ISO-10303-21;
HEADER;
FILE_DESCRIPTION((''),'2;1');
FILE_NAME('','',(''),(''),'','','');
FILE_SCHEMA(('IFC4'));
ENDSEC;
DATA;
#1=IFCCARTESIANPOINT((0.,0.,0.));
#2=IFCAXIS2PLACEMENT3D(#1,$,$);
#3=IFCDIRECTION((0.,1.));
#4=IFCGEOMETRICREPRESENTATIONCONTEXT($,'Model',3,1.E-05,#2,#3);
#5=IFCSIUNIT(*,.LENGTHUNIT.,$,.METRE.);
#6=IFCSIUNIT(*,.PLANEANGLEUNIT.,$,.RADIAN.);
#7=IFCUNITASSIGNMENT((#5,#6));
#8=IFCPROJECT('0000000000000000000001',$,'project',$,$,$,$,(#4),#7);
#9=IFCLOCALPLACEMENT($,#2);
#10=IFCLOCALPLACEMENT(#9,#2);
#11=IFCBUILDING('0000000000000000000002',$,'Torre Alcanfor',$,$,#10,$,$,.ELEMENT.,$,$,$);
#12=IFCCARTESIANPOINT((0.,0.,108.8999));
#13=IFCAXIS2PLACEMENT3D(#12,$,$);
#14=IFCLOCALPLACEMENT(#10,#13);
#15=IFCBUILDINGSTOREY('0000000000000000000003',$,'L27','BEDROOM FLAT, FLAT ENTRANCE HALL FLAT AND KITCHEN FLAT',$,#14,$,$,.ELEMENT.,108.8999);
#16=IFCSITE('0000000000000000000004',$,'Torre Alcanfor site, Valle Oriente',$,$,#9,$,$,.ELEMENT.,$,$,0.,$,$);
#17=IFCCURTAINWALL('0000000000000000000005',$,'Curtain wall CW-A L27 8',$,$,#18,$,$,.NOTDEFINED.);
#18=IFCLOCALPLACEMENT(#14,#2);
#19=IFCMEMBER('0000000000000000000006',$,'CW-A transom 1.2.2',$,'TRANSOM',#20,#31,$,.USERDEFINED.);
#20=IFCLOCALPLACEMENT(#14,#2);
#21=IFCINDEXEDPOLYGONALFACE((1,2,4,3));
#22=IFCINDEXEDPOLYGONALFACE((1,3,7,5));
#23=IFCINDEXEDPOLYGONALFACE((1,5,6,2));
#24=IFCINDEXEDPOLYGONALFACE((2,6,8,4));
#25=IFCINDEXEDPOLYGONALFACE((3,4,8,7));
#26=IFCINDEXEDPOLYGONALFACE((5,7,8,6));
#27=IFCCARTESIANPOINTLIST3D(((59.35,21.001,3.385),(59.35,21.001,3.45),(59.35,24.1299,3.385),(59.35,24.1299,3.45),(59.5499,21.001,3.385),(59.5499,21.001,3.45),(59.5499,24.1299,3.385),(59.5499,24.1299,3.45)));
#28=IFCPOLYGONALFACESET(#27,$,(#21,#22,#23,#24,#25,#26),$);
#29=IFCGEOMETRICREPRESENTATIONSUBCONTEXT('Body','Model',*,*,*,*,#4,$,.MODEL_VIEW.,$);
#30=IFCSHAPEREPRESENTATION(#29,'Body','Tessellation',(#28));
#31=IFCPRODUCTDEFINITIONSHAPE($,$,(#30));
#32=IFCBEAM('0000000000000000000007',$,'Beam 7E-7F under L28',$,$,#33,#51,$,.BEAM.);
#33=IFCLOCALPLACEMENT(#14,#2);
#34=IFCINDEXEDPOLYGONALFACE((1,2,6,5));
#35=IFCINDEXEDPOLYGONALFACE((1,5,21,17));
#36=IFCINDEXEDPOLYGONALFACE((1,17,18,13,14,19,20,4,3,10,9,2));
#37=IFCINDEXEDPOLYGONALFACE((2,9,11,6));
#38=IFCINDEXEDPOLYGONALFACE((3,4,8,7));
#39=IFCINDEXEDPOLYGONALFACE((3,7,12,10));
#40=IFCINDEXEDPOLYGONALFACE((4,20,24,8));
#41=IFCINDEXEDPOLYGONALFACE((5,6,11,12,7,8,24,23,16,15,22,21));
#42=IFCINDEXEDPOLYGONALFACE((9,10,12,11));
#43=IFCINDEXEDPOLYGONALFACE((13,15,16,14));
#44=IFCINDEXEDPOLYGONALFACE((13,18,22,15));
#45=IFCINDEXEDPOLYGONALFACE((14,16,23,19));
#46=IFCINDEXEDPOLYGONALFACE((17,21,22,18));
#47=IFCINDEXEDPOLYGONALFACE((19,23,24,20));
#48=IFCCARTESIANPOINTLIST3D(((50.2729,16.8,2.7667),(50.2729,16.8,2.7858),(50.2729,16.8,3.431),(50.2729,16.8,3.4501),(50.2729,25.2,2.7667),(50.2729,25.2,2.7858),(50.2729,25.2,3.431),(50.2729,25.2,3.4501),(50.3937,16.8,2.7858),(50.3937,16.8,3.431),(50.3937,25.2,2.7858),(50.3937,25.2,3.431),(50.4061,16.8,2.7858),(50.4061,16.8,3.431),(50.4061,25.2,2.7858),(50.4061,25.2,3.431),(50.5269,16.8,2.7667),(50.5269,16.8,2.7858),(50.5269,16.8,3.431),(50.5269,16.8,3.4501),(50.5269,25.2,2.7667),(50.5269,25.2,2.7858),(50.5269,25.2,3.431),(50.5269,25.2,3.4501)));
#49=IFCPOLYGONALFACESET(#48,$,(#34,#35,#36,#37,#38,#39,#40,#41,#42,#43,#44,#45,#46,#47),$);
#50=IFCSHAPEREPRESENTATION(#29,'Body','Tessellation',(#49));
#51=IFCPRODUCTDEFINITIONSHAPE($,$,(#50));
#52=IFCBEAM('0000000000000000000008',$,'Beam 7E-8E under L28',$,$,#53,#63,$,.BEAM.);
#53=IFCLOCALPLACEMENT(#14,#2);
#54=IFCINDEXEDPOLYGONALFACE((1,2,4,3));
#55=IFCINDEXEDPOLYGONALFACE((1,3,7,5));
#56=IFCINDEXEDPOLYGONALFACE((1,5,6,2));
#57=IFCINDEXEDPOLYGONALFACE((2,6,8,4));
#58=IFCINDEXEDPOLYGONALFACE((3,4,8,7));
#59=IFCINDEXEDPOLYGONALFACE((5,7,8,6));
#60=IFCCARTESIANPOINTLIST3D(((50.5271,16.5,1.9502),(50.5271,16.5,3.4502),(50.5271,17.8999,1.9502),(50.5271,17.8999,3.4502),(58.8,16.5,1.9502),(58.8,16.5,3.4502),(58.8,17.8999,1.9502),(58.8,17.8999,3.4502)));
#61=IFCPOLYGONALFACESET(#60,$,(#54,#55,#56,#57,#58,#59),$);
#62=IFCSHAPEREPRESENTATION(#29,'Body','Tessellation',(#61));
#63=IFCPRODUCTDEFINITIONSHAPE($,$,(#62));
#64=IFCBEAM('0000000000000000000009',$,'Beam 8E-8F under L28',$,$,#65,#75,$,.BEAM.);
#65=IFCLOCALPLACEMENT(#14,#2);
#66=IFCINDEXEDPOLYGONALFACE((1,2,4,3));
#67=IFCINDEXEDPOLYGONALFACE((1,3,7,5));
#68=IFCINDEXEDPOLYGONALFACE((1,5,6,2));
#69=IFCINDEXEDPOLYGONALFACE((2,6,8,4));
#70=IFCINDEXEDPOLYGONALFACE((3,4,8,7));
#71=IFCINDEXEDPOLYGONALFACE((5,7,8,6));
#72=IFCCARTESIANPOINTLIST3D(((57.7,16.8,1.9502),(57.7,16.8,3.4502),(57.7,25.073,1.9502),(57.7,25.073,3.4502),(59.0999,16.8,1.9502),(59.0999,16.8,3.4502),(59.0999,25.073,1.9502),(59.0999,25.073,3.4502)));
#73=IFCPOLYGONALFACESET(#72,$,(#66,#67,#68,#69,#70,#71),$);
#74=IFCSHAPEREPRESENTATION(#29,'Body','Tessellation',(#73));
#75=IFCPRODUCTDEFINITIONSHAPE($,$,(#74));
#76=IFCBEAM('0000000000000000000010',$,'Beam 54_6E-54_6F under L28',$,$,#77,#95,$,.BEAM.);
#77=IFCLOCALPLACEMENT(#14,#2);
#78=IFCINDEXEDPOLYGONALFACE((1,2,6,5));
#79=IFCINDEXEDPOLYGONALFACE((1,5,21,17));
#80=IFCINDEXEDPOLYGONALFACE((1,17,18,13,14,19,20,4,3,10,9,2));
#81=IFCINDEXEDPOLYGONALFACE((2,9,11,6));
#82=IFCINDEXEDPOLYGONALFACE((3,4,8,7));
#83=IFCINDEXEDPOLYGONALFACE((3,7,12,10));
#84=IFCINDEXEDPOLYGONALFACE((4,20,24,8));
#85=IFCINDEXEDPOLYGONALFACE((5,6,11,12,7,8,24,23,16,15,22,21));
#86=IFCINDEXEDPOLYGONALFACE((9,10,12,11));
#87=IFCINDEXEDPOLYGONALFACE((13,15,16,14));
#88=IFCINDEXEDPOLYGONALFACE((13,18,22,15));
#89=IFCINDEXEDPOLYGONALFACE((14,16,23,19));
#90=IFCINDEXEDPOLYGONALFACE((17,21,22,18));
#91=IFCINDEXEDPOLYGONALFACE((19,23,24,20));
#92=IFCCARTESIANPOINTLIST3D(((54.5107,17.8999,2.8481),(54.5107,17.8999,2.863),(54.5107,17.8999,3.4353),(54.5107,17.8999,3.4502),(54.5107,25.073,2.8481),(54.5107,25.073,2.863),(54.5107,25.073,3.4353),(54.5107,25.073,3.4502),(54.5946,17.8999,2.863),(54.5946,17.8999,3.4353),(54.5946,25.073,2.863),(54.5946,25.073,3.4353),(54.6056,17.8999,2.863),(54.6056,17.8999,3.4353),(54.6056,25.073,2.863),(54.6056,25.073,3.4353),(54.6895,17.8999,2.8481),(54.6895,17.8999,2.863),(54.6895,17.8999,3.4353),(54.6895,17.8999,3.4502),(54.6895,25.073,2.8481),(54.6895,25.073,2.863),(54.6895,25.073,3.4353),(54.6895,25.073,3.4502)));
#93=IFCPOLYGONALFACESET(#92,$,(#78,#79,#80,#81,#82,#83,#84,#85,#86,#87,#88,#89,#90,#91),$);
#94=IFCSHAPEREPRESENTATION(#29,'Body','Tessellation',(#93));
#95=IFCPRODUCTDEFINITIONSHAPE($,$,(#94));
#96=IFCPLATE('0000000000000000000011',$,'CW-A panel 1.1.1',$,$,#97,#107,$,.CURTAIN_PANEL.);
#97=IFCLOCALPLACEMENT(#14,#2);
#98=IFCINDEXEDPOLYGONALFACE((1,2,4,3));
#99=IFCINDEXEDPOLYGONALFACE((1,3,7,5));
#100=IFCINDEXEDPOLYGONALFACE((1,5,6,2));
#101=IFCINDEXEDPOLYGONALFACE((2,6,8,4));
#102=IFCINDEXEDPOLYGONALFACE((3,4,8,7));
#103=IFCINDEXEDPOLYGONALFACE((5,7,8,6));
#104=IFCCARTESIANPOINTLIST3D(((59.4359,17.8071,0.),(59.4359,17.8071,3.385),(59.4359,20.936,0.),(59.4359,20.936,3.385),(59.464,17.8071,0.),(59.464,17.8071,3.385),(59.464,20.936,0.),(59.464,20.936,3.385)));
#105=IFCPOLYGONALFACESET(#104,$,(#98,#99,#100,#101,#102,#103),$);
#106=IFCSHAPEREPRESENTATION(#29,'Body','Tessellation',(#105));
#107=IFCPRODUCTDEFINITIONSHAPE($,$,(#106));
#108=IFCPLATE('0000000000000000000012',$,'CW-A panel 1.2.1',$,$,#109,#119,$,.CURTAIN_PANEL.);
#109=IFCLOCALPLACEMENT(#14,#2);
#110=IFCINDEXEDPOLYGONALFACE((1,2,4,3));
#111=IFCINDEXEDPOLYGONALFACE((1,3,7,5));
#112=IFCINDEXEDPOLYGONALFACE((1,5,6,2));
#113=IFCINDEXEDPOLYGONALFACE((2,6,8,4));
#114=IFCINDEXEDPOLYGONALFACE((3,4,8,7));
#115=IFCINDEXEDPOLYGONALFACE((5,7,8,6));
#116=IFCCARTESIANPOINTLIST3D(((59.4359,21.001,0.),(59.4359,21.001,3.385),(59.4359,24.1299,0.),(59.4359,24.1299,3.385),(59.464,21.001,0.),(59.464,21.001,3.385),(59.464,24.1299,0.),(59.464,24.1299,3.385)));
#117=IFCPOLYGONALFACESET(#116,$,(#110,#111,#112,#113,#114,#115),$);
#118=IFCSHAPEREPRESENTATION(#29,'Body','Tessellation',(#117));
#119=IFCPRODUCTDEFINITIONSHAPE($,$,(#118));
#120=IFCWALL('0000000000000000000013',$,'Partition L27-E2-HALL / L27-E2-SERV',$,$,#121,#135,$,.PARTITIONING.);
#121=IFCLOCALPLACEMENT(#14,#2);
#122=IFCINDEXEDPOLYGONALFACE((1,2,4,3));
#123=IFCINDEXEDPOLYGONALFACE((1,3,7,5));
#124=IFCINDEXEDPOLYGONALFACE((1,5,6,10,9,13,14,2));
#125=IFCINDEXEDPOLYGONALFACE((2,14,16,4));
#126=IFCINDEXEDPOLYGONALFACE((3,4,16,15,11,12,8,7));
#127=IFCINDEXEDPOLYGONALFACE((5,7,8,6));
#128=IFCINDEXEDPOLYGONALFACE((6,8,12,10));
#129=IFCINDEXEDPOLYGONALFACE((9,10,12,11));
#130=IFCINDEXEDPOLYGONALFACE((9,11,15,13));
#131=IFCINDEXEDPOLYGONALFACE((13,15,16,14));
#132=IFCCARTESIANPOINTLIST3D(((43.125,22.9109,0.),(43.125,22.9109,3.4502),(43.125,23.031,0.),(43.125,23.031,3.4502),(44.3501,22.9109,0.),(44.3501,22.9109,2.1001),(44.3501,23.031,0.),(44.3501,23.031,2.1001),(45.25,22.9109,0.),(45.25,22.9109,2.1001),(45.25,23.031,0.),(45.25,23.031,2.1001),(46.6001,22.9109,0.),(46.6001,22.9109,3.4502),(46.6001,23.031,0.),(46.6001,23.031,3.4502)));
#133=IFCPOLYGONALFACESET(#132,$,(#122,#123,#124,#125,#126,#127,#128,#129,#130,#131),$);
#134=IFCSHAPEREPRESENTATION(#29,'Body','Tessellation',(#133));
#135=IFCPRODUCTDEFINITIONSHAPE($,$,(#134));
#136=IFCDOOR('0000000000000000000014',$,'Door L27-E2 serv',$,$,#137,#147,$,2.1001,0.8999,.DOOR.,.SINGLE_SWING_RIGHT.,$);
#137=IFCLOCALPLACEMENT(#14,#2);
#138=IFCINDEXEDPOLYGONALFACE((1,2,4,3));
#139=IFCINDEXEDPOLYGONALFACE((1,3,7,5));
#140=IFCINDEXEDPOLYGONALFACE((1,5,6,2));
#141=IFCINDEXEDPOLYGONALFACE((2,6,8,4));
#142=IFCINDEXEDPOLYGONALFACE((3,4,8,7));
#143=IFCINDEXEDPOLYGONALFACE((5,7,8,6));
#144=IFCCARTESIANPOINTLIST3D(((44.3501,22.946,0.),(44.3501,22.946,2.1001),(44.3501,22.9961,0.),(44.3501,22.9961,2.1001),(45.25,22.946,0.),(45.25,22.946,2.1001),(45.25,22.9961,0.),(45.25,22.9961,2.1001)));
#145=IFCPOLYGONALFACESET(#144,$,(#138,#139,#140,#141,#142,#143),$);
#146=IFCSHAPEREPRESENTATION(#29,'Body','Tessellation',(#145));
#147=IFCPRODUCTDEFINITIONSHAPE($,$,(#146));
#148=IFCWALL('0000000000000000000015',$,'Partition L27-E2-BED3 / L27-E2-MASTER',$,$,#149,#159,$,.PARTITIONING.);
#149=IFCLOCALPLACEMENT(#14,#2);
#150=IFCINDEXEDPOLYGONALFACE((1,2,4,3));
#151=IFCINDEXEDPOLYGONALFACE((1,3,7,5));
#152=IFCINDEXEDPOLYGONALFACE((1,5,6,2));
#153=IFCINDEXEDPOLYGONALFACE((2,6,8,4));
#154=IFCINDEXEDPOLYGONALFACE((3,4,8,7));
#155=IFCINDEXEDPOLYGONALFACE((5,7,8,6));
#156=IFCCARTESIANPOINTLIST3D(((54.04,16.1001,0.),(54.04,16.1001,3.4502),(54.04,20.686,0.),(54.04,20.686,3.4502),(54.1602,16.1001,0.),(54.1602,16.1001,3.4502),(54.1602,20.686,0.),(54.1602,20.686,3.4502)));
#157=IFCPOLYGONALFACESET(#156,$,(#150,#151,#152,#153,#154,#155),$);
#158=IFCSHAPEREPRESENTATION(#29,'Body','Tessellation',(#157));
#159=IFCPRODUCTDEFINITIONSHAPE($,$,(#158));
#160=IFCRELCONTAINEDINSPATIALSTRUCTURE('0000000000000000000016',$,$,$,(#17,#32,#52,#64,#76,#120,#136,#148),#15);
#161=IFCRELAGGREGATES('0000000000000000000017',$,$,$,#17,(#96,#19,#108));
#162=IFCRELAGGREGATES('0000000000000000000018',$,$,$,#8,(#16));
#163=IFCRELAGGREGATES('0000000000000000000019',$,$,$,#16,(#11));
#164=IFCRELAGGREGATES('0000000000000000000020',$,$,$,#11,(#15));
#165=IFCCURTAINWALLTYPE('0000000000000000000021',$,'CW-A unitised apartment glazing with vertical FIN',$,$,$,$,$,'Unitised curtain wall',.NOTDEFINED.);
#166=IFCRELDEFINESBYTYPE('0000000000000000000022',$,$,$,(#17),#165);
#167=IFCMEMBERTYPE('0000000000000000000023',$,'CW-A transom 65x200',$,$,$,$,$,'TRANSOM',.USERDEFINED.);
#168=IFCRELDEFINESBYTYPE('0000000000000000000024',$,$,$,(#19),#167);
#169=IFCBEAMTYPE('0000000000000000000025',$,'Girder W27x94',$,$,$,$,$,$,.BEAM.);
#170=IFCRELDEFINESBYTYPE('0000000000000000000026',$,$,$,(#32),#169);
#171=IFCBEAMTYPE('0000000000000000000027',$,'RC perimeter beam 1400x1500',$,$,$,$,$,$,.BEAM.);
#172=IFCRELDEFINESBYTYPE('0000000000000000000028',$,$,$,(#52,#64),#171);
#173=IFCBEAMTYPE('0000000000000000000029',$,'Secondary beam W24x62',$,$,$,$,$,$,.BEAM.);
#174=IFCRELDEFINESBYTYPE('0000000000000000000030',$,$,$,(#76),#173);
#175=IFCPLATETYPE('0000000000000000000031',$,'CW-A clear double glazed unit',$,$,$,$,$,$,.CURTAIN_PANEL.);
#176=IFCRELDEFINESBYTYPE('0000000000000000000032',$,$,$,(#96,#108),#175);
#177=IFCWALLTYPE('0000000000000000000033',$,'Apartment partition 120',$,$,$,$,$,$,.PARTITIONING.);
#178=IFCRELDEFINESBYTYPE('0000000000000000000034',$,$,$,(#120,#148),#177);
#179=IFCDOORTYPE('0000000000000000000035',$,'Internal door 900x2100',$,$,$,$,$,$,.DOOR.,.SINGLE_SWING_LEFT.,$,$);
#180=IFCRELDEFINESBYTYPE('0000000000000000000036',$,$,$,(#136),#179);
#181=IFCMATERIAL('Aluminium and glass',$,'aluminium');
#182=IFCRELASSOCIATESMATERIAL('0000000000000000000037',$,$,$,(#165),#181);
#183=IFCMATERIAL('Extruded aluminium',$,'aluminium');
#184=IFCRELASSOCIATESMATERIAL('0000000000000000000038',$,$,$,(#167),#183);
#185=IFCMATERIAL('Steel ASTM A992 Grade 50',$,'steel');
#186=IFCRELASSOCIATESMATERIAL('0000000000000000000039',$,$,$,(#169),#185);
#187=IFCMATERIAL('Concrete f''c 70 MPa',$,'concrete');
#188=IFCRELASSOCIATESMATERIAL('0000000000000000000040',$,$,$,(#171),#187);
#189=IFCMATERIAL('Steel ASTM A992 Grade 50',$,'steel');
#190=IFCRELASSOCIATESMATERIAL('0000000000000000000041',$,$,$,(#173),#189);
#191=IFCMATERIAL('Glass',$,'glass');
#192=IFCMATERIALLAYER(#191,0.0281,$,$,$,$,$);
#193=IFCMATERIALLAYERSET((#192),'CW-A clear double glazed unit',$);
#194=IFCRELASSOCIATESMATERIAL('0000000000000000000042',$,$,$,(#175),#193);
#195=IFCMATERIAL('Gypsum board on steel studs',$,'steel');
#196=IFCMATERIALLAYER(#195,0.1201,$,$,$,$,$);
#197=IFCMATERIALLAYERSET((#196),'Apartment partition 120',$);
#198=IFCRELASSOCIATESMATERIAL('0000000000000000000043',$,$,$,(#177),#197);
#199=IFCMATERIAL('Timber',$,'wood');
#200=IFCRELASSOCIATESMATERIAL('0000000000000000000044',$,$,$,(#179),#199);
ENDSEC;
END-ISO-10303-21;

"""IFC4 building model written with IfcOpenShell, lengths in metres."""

from ifc_helpers import new_model, si_unit, direction, frame, frame_2d, origin, origin_2d, place, context, subcontext, project, spatial, rectangle, i_section, extrude, material, layer, layer_set, material_profile, profile_set, type_object, element, fill, aggregate, save


model = new_model("IFC4")

# Units and contexts
model_context = context("Model", 3, precision=1e-05, world=origin(), true_north=direction((0.0, 1.0)))
body_context = subcontext(model_context, "Body", "Model", "MODEL_VIEW")
ifc_project = project(units=[si_unit("LENGTHUNIT", "METRE"), si_unit("PLANEANGLEUNIT", "RADIAN")], contexts=[model_context])

# Site, building, storey
site_placement = place(None, origin())
site = spatial("IfcSite", under=ifc_project, at=site_placement, Name="Torre Alcanfor site, Valle Oriente", CompositionType="ELEMENT", RefElevation=0.0)
building_placement = place(site_placement, origin())
building = spatial("IfcBuilding", under=site, at=building_placement, Name="Torre Alcanfor", CompositionType="ELEMENT")
storey_placement = place(building_placement, frame((0.0, 0.0, 108.8999)))
storey = spatial("IfcBuildingStorey", under=building, at=storey_placement, Name="L27", Description="BEDROOM FLAT, FLAT ENTRANCE HALL FLAT AND KITCHEN FLAT", CompositionType="ELEMENT", Elevation=108.8999)

# Curtain wall, member
ifc_material_1 = material(Name="Aluminium and glass", Category="aluminium")
curtain_wall_type = type_object("IfcCurtainWallType", Name="CW-A unitised apartment glazing with vertical FIN", ElementType="Unitised curtain wall", PredefinedType="NOTDEFINED", material=ifc_material_1)
curtain_wall_placement = place(storey_placement, origin())
curtain_wall = element("IfcCurtainWall", 1, at=curtain_wall_placement, inside=storey, type_object=curtain_wall_type, Name="Curtain wall CW-A L27 8", PredefinedType="NOTDEFINED")
ifc_material_2 = material(Name="Extruded aluminium", Category="aluminium")
ifc_material_profile_1 = material_profile(ifc_material_2, rectangle(XDim=0.2, YDim=0.0649, at=origin_2d()), Name="CW-A transom 200x65")
ifc_profile_set_1 = profile_set([ifc_material_profile_1], Name="Extruded aluminium")
member_type_1 = type_object("IfcMemberType", Name="CW-A transom 65x200", ElementType="TRANSOM", PredefinedType="USERDEFINED", material=ifc_profile_set_1)
member_1_placement = place(storey_placement, frame((59.45, 21.001, 3.4175), z_axis=(0.0, 1.0, 0.0), x_axis=(-1.0, 0.0, 0.0)))
member_1 = element("IfcMember", 2, at=member_1_placement, type_object=member_type_1, Name="CW-A transom 1.2.2", ObjectType="TRANSOM", PredefinedType="USERDEFINED", context=body_context, shape_type="SweptSolid", body=[
    extrude(rectangle(XDim=0.2, YDim=0.0649, at=origin_2d()), origin(), (0.0, 0.0, 1.0), 3.1289),
])

# Beams
ifc_material_3 = material(Name="Steel ASTM A992 Grade 50", Category="steel")
ifc_material_profile_2 = material_profile(ifc_material_3, i_section(OverallWidth=0.2539, OverallDepth=0.6833, WebThickness=0.0125, FlangeThickness=0.019, at=origin_2d()), Name="W27x94")
ifc_profile_set_2 = profile_set([ifc_material_profile_2], Name="Steel ASTM A992 Grade 50")
beam_type_1 = type_object("IfcBeamType", Name="Girder W27x94", PredefinedType="BEAM", material=ifc_profile_set_2)
beam_1_placement = place(storey_placement, frame((50.3999, 16.8, 3.1084), z_axis=(0.0, 1.0, 0.0), x_axis=(-1.0, 0.0, 0.0)))
element("IfcBeam", 3, at=beam_1_placement, inside=storey, type_object=beam_type_1, Name="Beam 7E-7F under L28", PredefinedType="BEAM", context=body_context, shape_type="SweptSolid", body=[
    extrude(i_section(OverallWidth=0.2539, OverallDepth=0.6833, WebThickness=0.0125, FlangeThickness=0.019, at=origin_2d()), origin(), (0.0, 0.0, 1.0), 8.3999),
])
ifc_material_4 = material(Name="Concrete f'c 70 MPa", Category="concrete")
ifc_material_profile_3 = material_profile(ifc_material_4, rectangle(XDim=1.3999, YDim=1.5, at=origin_2d()), Name="1400x1500")
ifc_profile_set_3 = profile_set([ifc_material_profile_3], Name="Concrete f'c 70 MPa")
beam_type_2 = type_object("IfcBeamType", Name="RC perimeter beam 1400x1500", PredefinedType="BEAM", material=ifc_profile_set_3)
for number, where, z_axis, x_axis, name in (
    (4, (50.5271, 17.2, 2.7002), (1.0, 0.0, 0.0), (0.0, 1.0, 0.0), "Beam 7E-8E under L28"),
    (5, (58.3999, 16.8, 2.7002), (0.0, 1.0, 0.0), (-1.0, 0.0, 0.0), "Beam 8E-8F under L28"),
):
    element("IfcBeam", number, at=place(storey_placement, frame(where, z_axis=z_axis, x_axis=x_axis)), inside=storey, type_object=beam_type_2, Name=name, PredefinedType="BEAM", context=body_context, shape_type="SweptSolid", body=[
        extrude(rectangle(XDim=1.3999, YDim=1.5, at=origin_2d()), origin(), (0.0, 0.0, 1.0), 8.2729),
    ])
ifc_material_5 = material(Name="Steel ASTM A992 Grade 50", Category="steel")
ifc_material_profile_4 = material_profile(ifc_material_5, i_section(OverallWidth=0.1787, OverallDepth=0.6021, WebThickness=0.011, FlangeThickness=0.0149, at=origin_2d()), Name="W24x62")
ifc_profile_set_4 = profile_set([ifc_material_profile_4], Name="Steel ASTM A992 Grade 50")
beam_type_3 = type_object("IfcBeamType", Name="Secondary beam W24x62", PredefinedType="BEAM", material=ifc_profile_set_4)
beam_2_placement = place(storey_placement, frame((54.6001, 17.8999, 3.1492), z_axis=(0.0, 1.0, 0.0), x_axis=(-1.0, 0.0, 0.0)))
element("IfcBeam", 6, at=beam_2_placement, inside=storey, type_object=beam_type_3, Name="Beam 54_6E-54_6F under L28", PredefinedType="BEAM", context=body_context, shape_type="SweptSolid", body=[
    extrude(i_section(OverallWidth=0.1787, OverallDepth=0.6021, WebThickness=0.011, FlangeThickness=0.0149, at=origin_2d()), origin(), (0.0, 0.0, 1.0), 7.1731),
])

# Plates
ifc_material_6 = material(Name="Glass", Category="glass")
ifc_layer_1 = layer(ifc_material_6, 0.0281)
ifc_layer_set_1 = layer_set([ifc_layer_1], Name="CW-A clear double glazed unit")
plate_type = type_object("IfcPlateType", Name="CW-A clear double glazed unit", PredefinedType="CURTAIN_PANEL", material=ifc_layer_set_1)
plate_1_placement = place(storey_placement, frame((59.45, 19.3716, 0.0), z_axis=(0.0, 0.0, 1.0), x_axis=(0.0, 1.0, 0.0)))
plate_1 = element("IfcPlate", 7, at=plate_1_placement, type_object=plate_type, Name="CW-A panel 1.1.1", PredefinedType="CURTAIN_PANEL", context=body_context, shape_type="SweptSolid", body=[
    extrude(rectangle(XDim=3.1289, YDim=0.0281, at=origin_2d()), origin(), (0.0, 0.0, 1.0), 3.385),
])
plate_2_placement = place(storey_placement, frame((59.45, 22.5654, 0.0), z_axis=(0.0, 0.0, 1.0), x_axis=(0.0, 1.0, 0.0)))
plate_2 = element("IfcPlate", 8, at=plate_2_placement, type_object=plate_type, Name="CW-A panel 1.2.1", PredefinedType="CURTAIN_PANEL", context=body_context, shape_type="SweptSolid", body=[
    extrude(rectangle(XDim=3.1289, YDim=0.0281, at=origin_2d()), origin(), (0.0, 0.0, 1.0), 3.385),
])
aggregate(curtain_wall, [plate_1, member_1, plate_2])

# Wall, opening, door
ifc_material_7 = material(Name="Gypsum board on steel studs", Category="steel")
ifc_layer_2 = layer(ifc_material_7, 0.1201)
ifc_layer_set_2 = layer_set([ifc_layer_2], Name="Apartment partition 120")
wall_type_1 = type_object("IfcWallType", Name="Apartment partition 120", PredefinedType="PARTITIONING", material=ifc_layer_set_2)
wall_1_placement = place(storey_placement, frame((46.6001, 22.9709, 0.0), z_axis=(0.0, 0.0, 1.0), x_axis=(-1.0, 0.0, 0.0)))
wall_1 = element("IfcWall", 9, at=wall_1_placement, inside=storey, type_object=wall_type_1, Name="Partition L27-E2-HALL / L27-E2-SERV", PredefinedType="PARTITIONING", context=body_context, shape_type="SweptSolid", body=[
    extrude(rectangle(XDim=3.4751, YDim=0.1201, at=frame_2d((1.7375, 0.0))), origin(), (0.0, 0.0, 1.0), 3.4502),
])
opening_1_placement = place(wall_1_placement, frame((1.3501, 0.0, 0.0)))
opening_1 = element("IfcOpeningElement", 10, at=opening_1_placement, cuts=wall_1, PredefinedType="OPENING", context=body_context, shape_type="SweptSolid", body=[
    extrude(rectangle(XDim=0.8999, YDim=2.1001, at=frame_2d((0.45, 1.05))), frame((0.0, 0.0701, 0.0), z_axis=(0.0, -1.0, 0.0), x_axis=(1.0, 0.0, 0.0)), (0.0, 0.0, 1.0), 0.1401),
])
ifc_material_8 = material(Name="Timber", Category="wood")
door_type_1 = type_object("IfcDoorType", Name="Internal door 900x2100", OperationType="SINGLE_SWING_LEFT", PredefinedType="DOOR", material=ifc_material_8)
door_1_placement = place(opening_1_placement, origin())
door_1 = element("IfcDoor", 11, at=door_1_placement, inside=storey, type_object=door_type_1, Name="Door L27-E2 serv", OperationType="SINGLE_SWING_RIGHT", OverallHeight=2.1001, OverallWidth=0.8999, PredefinedType="DOOR", context=body_context, shape_type="SweptSolid", body=[
    extrude(rectangle(XDim=0.8999, YDim=2.1001, at=frame_2d((0.45, 1.05))), frame((0.0, 0.0249, 0.0), z_axis=(0.0, -1.0, 0.0), x_axis=(1.0, 0.0, 0.0)), (0.0, 0.0, 1.0), 0.05),
])
fill(opening_1, door_1)

# Wall
wall_2_placement = place(storey_placement, frame((54.1001, 20.686, 0.0), z_axis=(0.0, 0.0, 1.0), x_axis=(0.0, -1.0, 0.0)))
element("IfcWall", 12, at=wall_2_placement, inside=storey, type_object=wall_type_1, Name="Partition L27-E2-BED3 / L27-E2-MASTER", PredefinedType="PARTITIONING", context=body_context, shape_type="SweptSolid", body=[
    extrude(rectangle(XDim=4.5859, YDim=0.1201, at=frame_2d((2.293, 0.0))), origin(), (0.0, 0.0, 1.0), 3.4502),
])

save(model, "model.ifc")
